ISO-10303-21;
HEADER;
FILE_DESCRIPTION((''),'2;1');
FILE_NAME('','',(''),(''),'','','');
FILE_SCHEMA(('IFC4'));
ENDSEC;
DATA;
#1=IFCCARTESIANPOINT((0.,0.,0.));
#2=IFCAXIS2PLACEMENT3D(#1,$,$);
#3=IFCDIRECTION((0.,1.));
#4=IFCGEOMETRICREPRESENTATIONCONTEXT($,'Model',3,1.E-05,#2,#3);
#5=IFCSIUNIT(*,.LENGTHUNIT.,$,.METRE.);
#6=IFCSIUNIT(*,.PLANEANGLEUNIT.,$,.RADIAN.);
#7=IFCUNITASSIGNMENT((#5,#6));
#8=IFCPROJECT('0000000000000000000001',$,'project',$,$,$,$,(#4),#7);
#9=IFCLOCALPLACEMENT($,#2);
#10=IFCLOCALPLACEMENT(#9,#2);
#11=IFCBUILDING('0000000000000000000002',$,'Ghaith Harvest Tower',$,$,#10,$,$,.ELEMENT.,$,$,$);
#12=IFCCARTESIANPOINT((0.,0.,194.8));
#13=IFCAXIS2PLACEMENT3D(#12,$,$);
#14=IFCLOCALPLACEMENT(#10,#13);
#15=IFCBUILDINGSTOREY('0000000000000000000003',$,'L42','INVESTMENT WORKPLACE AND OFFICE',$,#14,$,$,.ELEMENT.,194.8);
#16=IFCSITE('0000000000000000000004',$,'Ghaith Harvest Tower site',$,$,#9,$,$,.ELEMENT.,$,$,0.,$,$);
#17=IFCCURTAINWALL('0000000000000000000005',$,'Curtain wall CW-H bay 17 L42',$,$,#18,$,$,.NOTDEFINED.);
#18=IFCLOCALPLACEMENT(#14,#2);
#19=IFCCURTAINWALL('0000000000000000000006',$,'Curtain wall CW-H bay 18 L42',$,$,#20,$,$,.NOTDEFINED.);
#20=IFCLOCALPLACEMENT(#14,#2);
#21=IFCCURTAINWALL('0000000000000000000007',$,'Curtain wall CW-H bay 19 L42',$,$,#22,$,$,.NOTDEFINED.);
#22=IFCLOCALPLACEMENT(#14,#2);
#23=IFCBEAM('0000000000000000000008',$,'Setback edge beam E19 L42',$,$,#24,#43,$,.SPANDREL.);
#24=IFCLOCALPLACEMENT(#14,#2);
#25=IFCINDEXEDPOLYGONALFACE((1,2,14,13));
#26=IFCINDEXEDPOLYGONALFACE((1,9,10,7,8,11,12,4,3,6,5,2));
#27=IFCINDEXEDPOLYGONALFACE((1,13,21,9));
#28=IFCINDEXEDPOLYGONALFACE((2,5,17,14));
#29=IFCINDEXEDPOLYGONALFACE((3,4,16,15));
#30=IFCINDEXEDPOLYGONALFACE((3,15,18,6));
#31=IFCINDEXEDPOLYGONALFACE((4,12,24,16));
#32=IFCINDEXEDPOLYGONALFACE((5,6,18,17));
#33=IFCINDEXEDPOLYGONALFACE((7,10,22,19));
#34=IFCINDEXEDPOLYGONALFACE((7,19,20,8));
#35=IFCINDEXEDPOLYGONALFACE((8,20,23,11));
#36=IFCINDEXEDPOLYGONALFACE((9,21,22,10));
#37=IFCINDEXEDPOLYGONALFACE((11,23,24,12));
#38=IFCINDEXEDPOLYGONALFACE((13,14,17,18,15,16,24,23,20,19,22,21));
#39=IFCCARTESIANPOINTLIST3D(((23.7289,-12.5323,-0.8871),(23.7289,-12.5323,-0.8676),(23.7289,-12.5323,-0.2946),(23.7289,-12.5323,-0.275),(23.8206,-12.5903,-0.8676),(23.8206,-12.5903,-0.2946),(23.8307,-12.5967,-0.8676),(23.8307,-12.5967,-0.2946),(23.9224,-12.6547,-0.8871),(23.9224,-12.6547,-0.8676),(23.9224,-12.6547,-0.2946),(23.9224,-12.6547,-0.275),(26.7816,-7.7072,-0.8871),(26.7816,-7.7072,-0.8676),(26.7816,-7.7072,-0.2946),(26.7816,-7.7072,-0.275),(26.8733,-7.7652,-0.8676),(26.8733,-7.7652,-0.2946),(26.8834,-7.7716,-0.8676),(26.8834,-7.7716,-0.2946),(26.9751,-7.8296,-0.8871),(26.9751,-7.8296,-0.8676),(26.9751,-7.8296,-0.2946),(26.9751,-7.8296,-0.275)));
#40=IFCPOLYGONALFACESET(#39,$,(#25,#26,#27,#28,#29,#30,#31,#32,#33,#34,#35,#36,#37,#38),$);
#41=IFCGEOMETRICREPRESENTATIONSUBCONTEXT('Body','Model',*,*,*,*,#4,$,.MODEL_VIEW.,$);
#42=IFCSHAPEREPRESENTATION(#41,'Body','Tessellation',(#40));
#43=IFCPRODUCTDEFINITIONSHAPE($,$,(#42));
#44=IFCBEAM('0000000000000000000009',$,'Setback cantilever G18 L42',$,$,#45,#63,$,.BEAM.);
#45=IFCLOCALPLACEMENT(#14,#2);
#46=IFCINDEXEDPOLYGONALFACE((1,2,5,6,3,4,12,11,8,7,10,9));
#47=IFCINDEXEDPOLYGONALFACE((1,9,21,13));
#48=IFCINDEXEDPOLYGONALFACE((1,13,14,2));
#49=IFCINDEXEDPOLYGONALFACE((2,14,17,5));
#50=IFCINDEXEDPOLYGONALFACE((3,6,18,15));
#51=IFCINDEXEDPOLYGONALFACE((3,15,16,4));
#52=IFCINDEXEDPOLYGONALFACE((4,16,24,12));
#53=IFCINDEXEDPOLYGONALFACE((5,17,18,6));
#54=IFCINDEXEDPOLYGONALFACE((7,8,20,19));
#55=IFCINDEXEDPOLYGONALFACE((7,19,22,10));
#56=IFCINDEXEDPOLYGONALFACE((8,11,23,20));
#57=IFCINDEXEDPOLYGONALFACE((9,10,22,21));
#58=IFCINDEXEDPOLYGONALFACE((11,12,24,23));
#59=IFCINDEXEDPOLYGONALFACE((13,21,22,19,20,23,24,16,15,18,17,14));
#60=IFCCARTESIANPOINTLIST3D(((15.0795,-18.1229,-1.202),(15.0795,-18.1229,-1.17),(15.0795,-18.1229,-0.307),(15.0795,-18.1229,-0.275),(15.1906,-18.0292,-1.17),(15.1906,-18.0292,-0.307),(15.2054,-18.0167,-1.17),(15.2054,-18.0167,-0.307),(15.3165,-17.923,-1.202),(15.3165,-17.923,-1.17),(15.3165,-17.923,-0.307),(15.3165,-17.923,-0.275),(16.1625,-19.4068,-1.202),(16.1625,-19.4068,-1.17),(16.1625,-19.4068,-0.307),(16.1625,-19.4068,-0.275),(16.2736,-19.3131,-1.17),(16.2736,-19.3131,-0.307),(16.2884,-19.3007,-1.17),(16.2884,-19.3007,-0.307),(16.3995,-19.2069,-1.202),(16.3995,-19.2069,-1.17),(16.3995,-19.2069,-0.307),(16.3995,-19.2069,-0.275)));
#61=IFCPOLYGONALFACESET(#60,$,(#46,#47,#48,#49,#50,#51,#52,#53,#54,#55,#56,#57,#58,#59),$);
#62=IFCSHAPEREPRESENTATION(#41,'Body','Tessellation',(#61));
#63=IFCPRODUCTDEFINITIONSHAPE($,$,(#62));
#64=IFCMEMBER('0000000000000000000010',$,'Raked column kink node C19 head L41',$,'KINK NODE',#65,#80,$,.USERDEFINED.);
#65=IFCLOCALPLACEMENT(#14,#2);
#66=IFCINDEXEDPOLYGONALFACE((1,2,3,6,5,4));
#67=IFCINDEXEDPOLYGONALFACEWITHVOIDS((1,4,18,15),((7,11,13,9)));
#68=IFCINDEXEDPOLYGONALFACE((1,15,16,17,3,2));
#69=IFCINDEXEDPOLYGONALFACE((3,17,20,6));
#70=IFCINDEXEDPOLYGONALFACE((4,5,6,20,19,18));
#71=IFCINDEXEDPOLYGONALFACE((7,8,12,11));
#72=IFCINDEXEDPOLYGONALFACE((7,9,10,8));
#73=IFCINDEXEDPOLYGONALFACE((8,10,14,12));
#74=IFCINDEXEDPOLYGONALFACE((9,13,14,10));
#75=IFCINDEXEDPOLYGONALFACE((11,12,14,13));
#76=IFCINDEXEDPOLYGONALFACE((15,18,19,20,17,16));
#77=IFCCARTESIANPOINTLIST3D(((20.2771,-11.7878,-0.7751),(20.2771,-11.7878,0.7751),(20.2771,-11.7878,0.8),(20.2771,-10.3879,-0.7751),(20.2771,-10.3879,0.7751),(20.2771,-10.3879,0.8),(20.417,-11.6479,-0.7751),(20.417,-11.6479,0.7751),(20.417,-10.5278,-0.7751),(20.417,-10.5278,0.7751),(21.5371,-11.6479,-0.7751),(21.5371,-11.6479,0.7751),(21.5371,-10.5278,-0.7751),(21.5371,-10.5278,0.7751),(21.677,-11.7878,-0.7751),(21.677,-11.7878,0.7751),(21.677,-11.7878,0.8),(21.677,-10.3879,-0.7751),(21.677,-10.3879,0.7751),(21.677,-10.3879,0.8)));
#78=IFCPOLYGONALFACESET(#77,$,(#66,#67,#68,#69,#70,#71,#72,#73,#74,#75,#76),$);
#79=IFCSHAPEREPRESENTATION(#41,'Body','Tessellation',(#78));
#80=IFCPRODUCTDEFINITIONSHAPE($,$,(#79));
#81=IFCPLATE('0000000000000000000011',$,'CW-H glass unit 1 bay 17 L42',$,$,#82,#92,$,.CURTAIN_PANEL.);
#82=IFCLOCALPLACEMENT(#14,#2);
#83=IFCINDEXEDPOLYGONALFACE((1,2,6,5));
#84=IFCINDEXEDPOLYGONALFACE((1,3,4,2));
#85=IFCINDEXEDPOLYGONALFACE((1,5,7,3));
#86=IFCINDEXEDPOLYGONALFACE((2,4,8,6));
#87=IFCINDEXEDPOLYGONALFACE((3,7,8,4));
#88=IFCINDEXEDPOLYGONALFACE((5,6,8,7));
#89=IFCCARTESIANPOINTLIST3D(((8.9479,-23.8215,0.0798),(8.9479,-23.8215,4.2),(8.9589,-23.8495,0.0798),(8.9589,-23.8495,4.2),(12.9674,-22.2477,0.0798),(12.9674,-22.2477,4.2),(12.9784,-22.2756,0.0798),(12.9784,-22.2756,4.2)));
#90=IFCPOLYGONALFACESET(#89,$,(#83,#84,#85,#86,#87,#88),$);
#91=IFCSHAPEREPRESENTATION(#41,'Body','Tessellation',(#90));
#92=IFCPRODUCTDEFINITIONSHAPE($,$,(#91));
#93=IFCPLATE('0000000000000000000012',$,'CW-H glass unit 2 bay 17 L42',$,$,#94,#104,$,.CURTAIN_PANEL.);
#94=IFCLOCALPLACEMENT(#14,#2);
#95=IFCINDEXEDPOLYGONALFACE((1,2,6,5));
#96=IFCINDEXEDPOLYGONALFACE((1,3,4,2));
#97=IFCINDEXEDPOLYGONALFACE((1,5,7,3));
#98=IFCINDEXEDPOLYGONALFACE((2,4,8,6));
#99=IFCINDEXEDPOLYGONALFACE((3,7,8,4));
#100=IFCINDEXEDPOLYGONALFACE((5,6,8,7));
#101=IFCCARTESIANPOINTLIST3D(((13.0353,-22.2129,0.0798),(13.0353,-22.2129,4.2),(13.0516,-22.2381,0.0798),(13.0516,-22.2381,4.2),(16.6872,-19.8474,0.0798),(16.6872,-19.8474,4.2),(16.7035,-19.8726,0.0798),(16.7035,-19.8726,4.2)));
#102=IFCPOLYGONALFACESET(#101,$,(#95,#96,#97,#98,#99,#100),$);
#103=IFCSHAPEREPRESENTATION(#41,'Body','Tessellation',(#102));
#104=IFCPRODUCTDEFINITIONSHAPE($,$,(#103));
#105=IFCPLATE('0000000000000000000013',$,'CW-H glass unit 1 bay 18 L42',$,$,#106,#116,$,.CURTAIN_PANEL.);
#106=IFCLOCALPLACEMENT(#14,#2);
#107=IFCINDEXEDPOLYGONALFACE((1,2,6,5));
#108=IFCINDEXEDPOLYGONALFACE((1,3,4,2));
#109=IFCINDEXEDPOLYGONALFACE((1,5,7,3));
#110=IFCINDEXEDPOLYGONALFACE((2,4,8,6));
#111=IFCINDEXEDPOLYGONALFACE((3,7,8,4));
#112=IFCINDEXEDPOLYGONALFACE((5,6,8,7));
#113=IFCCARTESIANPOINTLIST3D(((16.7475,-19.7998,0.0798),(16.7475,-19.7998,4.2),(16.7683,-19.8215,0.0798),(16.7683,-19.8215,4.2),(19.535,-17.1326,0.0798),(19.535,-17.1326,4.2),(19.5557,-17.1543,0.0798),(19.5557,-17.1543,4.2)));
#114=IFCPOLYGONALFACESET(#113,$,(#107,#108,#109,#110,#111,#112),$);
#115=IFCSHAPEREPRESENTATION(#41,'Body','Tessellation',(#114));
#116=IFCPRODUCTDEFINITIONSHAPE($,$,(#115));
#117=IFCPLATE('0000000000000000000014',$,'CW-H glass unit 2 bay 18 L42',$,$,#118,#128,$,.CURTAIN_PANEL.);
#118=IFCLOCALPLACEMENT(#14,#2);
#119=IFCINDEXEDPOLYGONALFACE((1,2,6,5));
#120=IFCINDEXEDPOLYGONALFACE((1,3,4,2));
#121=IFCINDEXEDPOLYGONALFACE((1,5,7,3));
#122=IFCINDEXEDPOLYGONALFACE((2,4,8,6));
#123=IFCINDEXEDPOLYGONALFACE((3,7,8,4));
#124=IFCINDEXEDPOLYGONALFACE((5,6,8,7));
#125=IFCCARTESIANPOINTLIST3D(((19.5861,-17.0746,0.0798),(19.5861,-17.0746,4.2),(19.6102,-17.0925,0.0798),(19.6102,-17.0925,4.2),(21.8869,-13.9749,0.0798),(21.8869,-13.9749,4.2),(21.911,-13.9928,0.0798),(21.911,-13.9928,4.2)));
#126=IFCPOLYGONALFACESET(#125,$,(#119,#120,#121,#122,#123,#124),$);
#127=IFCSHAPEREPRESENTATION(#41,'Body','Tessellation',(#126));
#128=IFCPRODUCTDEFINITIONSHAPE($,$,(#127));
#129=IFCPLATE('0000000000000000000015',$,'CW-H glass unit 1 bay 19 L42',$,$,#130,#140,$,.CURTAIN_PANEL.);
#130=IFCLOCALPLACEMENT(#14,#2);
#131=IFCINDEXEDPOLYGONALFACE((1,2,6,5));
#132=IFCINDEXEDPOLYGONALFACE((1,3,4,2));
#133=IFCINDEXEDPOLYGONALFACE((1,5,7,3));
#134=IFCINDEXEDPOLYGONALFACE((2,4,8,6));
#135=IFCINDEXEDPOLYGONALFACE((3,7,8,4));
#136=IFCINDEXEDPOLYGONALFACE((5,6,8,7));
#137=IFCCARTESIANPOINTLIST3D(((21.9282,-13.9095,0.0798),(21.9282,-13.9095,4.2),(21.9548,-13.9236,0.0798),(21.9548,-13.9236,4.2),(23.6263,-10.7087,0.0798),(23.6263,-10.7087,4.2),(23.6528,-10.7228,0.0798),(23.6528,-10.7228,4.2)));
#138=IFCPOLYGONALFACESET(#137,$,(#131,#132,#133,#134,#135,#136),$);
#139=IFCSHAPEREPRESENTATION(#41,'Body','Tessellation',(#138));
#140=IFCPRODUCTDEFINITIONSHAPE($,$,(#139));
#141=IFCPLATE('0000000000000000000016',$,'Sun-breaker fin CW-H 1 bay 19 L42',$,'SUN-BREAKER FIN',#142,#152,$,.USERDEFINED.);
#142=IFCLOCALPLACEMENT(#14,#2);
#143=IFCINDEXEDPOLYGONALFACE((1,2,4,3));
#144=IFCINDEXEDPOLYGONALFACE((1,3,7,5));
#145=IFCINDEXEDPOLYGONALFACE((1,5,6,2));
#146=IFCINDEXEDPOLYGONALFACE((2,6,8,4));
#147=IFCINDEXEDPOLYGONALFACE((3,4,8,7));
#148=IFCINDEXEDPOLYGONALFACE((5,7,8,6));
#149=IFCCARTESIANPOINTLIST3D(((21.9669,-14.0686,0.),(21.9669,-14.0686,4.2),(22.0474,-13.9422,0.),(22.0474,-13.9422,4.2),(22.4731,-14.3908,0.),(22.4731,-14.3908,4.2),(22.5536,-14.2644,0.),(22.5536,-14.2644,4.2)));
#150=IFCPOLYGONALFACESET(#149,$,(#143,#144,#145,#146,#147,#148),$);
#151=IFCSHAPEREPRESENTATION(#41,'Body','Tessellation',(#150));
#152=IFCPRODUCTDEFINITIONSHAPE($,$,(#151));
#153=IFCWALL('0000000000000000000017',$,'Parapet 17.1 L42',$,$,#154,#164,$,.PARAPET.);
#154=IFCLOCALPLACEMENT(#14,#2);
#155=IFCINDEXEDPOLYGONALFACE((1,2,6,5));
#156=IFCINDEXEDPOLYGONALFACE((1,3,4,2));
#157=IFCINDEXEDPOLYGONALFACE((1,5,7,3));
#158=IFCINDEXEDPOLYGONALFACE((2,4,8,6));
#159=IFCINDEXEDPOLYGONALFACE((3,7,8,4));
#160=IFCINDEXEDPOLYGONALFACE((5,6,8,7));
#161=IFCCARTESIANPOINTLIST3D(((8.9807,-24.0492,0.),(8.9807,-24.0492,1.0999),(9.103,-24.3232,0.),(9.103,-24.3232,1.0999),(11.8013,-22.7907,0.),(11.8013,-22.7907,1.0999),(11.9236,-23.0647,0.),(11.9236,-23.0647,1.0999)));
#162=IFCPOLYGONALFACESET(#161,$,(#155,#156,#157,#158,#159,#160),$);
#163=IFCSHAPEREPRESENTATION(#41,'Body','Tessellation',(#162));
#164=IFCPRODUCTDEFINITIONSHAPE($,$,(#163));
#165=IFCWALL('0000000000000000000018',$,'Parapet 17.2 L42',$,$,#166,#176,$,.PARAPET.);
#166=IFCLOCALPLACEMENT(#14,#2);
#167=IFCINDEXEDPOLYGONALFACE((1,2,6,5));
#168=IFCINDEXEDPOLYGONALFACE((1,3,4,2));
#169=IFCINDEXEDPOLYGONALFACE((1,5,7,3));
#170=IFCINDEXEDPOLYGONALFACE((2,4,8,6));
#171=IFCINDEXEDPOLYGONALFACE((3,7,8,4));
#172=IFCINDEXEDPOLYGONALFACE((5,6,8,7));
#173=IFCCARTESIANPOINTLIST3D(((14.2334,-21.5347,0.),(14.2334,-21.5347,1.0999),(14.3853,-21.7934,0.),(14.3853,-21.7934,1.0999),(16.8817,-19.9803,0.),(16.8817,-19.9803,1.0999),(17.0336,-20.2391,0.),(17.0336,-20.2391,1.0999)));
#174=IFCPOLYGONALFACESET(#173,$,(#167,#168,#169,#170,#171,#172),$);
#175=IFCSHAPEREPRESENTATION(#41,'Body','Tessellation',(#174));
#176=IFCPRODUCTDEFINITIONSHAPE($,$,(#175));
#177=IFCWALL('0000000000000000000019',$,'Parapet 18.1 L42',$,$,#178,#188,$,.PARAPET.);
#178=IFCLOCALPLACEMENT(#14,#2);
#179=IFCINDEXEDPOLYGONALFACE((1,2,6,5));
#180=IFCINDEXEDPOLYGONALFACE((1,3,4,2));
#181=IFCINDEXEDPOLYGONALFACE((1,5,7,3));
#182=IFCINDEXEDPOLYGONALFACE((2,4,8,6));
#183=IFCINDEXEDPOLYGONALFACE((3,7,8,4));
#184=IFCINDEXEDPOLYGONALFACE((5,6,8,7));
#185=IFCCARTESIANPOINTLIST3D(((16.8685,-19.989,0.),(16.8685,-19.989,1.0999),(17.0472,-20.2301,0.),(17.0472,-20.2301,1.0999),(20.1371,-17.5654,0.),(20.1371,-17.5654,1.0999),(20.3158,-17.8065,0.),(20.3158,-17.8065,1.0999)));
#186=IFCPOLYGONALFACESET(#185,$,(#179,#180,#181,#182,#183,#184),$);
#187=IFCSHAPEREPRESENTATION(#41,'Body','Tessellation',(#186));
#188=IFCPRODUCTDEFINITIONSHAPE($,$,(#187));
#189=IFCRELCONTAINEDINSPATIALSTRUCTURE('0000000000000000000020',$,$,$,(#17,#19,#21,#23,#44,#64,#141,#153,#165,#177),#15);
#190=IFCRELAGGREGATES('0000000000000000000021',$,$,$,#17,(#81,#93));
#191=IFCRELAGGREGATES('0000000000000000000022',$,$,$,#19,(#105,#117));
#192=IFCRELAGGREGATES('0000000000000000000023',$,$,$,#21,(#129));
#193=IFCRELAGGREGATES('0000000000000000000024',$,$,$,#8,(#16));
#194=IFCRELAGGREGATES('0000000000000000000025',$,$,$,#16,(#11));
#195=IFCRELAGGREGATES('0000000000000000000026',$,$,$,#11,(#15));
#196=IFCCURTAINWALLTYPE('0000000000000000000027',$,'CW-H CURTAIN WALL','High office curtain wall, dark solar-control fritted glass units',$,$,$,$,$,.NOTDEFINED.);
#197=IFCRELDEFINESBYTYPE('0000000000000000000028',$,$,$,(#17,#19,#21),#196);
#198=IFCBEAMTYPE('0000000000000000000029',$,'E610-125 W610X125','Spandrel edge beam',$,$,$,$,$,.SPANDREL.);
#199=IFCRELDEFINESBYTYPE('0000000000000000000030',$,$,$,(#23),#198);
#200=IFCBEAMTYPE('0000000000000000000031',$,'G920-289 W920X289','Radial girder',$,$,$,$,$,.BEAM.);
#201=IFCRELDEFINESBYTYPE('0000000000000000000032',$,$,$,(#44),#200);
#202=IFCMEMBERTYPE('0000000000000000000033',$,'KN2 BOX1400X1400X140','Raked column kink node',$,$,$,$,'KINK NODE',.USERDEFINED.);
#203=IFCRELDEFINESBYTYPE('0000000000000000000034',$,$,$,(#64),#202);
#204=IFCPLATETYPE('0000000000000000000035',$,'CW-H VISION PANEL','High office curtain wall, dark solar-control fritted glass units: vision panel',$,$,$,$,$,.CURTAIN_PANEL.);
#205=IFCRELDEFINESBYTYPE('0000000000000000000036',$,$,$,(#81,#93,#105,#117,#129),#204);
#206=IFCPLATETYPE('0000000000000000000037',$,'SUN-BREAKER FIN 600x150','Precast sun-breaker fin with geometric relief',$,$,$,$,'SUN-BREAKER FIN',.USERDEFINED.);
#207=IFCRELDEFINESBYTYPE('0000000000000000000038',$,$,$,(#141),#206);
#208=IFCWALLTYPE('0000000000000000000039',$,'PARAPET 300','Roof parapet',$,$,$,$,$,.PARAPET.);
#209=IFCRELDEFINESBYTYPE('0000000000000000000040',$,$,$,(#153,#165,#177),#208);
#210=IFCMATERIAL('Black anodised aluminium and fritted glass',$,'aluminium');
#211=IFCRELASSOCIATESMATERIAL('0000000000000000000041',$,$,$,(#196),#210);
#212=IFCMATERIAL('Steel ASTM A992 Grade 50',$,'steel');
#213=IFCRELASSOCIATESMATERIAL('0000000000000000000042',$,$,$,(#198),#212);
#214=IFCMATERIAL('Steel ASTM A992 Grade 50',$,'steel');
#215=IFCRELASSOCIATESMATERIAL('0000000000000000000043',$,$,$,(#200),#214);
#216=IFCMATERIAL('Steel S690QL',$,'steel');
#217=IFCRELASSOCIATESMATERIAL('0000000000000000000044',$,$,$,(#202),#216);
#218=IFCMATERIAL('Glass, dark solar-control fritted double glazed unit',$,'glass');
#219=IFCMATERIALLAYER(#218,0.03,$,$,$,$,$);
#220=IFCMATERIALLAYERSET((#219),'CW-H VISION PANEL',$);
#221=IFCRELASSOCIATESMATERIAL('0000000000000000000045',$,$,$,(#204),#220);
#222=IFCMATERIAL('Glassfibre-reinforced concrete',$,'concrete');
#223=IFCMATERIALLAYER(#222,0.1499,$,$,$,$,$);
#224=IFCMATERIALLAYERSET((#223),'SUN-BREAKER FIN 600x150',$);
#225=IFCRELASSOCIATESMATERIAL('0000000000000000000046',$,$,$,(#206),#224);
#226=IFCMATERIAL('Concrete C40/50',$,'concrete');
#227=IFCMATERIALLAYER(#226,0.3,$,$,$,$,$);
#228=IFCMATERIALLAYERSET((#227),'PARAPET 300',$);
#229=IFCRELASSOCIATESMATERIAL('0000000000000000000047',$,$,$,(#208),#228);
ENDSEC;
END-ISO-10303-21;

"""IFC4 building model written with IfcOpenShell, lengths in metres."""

from ifc_helpers import new_model, si_unit, direction, frame, frame_2d, origin, origin_2d, place, context, subcontext, project, spatial, rectangle, hollow_rectangle, i_section, extrude, boolean, material, layer, layer_set, material_profile, profile_set, type_object, element, aggregate, save


model = new_model("IFC4")

# Units and contexts
model_context = context("Model", 3, precision=1e-05, world=origin(), true_north=direction((0.0, 1.0)))
body_context = subcontext(model_context, "Body", "Model", "MODEL_VIEW")
ifc_project = project(units=[si_unit("LENGTHUNIT", "METRE"), si_unit("PLANEANGLEUNIT", "RADIAN")], contexts=[model_context])

# Site, building, storey
site_placement = place(None, origin())
site = spatial("IfcSite", under=ifc_project, at=site_placement, Name="Ghaith Harvest Tower site", CompositionType="ELEMENT", RefElevation=0.0)
building_placement = place(site_placement, origin())
building = spatial("IfcBuilding", under=site, at=building_placement, Name="Ghaith Harvest Tower", CompositionType="ELEMENT")
storey_placement = place(building_placement, frame((0.0, 0.0, 194.8)))
storey = spatial("IfcBuildingStorey", under=building, at=storey_placement, Name="L42", Description="INVESTMENT WORKPLACE AND OFFICE", CompositionType="ELEMENT", Elevation=194.8)

# Curtain walls
ifc_material_1 = material(Name="Black anodised aluminium and fritted glass", Category="aluminium")
curtain_wall_type = type_object("IfcCurtainWallType", Name="CW-H CURTAIN WALL", Description="High office curtain wall, dark solar-control fritted glass units", PredefinedType="NOTDEFINED", material=ifc_material_1)
curtain_wall_1_placement = place(storey_placement, origin())
curtain_wall_1 = element("IfcCurtainWall", 1, at=curtain_wall_1_placement, inside=storey, type_object=curtain_wall_type, Name="Curtain wall CW-H bay 17 L42", PredefinedType="NOTDEFINED")
curtain_wall_2_placement = place(storey_placement, origin())
curtain_wall_2 = element("IfcCurtainWall", 2, at=curtain_wall_2_placement, inside=storey, type_object=curtain_wall_type, Name="Curtain wall CW-H bay 18 L42", PredefinedType="NOTDEFINED")

# Curtain wall
curtain_wall_3_placement = place(storey_placement, origin())
curtain_wall_3 = element("IfcCurtainWall", 3, at=curtain_wall_3_placement, inside=storey, type_object=curtain_wall_type, Name="Curtain wall CW-H bay 19 L42", PredefinedType="NOTDEFINED")

# Beams
ifc_material_2 = material(Name="Steel ASTM A992 Grade 50", Category="steel")
ifc_material_profile_1 = material_profile(ifc_material_2, i_section(OverallWidth=0.229, OverallDepth=0.6121, WebThickness=0.012, FlangeThickness=0.0195, at=origin_2d()), Name="W610X125")
ifc_profile_set_1 = profile_set([ifc_material_profile_1], Name="Steel ASTM A992 Grade 50")
beam_type_1 = type_object("IfcBeamType", Name="E610-125 W610X125", Description="Spandrel edge beam", PredefinedType="SPANDREL", material=ifc_profile_set_1)
beam_1_placement = place(storey_placement, frame((23.8257, -12.5935, -0.5811), z_axis=(0.534649, 0.845074, 0.0), x_axis=(-0.845074, 0.534649, 0.0)))
element("IfcBeam", 4, at=beam_1_placement, inside=storey, type_object=beam_type_1, Name="Setback edge beam E19 L42", PredefinedType="SPANDREL", context=body_context, shape_type="SweptSolid", body=[
    extrude(i_section(OverallWidth=0.229, OverallDepth=0.6121, WebThickness=0.012, FlangeThickness=0.0195, at=origin_2d()), origin(), (0.0, 0.0, 1.0), 5.7097),
])
ifc_material_3 = material(Name="Steel ASTM A992 Grade 50", Category="steel")
ifc_material_profile_2 = material_profile(ifc_material_3, i_section(OverallWidth=0.3101, OverallDepth=0.927, WebThickness=0.0193, FlangeThickness=0.032, at=origin_2d()), Name="W920X289")
ifc_profile_set_2 = profile_set([ifc_material_profile_2], Name="Steel ASTM A992 Grade 50")
beam_type_2 = type_object("IfcBeamType", Name="G920-289 W920X289", Description="Radial girder", PredefinedType="BEAM", material=ifc_profile_set_2)
beam_2_placement = place(storey_placement, frame((15.198, -18.0229, -0.7385), z_axis=(0.644762, -0.764383, 0.0), x_axis=(0.764383, 0.644762, 0.0)))
element("IfcBeam", 5, at=beam_2_placement, inside=storey, type_object=beam_type_2, Name="Setback cantilever G18 L42", PredefinedType="BEAM", context=body_context, shape_type="SweptSolid", body=[
    extrude(i_section(OverallWidth=0.3101, OverallDepth=0.927, WebThickness=0.0193, FlangeThickness=0.032, at=origin_2d()), origin(), (0.0, 0.0, 1.0), 1.6797),
])

# Member
ifc_material_4 = material(Name="Steel S690QL", Category="steel")
ifc_material_profile_3 = material_profile(ifc_material_4, hollow_rectangle(XDim=1.3999, YDim=1.3999, WallThickness=0.1399, at=origin_2d()), Name="BOX1400X1400X140")
ifc_profile_set_3 = profile_set([ifc_material_profile_3], Name="Steel S690QL")
member_type_1 = type_object("IfcMemberType", Name="KN2 BOX1400X1400X140", Description="Raked column kink node", ElementType="KINK NODE", PredefinedType="USERDEFINED", material=ifc_profile_set_3)
member_1_placement = place(storey_placement, frame((20.9771, -11.0879, -0.7751), z_axis=(0.0, 0.0, 1.0), x_axis=(1.0, 0.0, 0.0)))
element("IfcMember", 6, at=member_1_placement, inside=storey, type_object=member_type_1, Name="Raked column kink node C19 head L41", ObjectType="KINK NODE", PredefinedType="USERDEFINED", context=body_context, shape_type="CSG", body=[
    boolean("UNION", extrude(hollow_rectangle(XDim=1.3999, YDim=1.3999, WallThickness=0.1399, at=origin_2d()), origin(), (0.0, 0.0, 1.0), 1.5503), extrude(rectangle(XDim=1.3999, YDim=1.3999, at=origin_2d()), frame((0.0, 0.0, 1.5503)), (0.0, 0.0, 1.0), 0.0249)),
])

# Plates
ifc_material_5 = material(Name="Glass, dark solar-control fritted double glazed unit", Category="glass")
ifc_layer_1 = layer(ifc_material_5, 0.03)
ifc_layer_set_1 = layer_set([ifc_layer_1], Name="CW-H VISION PANEL")
plate_type_1 = type_object("IfcPlateType", Name="CW-H VISION PANEL", Description="High office curtain wall, dark solar-control fritted glass units: vision panel", PredefinedType="CURTAIN_PANEL", material=ifc_layer_set_1)
plate_1_placement = place(storey_placement, frame((10.9631, -23.0486, 0.0798), z_axis=(0.0, 0.0, 1.0), x_axis=(0.931161, 0.364608, 0.0)))
plate_1 = element("IfcPlate", 7, at=plate_1_placement, type_object=plate_type_1, Name="CW-H glass unit 1 bay 17 L42", PredefinedType="CURTAIN_PANEL", context=body_context, shape_type="SweptSolid", body=[
    extrude(rectangle(XDim=4.3167, YDim=0.03, at=origin_2d()), origin(), (0.0, 0.0, 1.0), 4.1201),
])
plate_2_placement = place(storey_placement, frame((14.8694, -21.0427, 0.0798), z_axis=(0.0, 0.0, 1.0), x_axis=(0.839305, 0.54366, 0.0)))
plate_2 = element("IfcPlate", 8, at=plate_2_placement, type_object=plate_type_1, Name="CW-H glass unit 2 bay 17 L42", PredefinedType="CURTAIN_PANEL", context=body_context, shape_type="SweptSolid", body=[
    extrude(rectangle(XDim=4.3511, YDim=0.03, at=origin_2d()), origin(), (0.0, 0.0, 1.0), 4.1201),
])
aggregate(curtain_wall_1, [plate_1, plate_2])
plate_3_placement = place(storey_placement, frame((18.1516, -18.4771, 0.0798), z_axis=(0.0, 0.0, 1.0), x_axis=(0.722533, 0.691337, 0.0)))
plate_3 = element("IfcPlate", 9, at=plate_3_placement, type_object=plate_type_1, Name="CW-H glass unit 1 bay 18 L42", PredefinedType="CURTAIN_PANEL", context=body_context, shape_type="SweptSolid", body=[
    extrude(rectangle(XDim=3.8579, YDim=0.03, at=origin_2d()), origin(), (0.0, 0.0, 1.0), 4.1201),
])
plate_4_placement = place(storey_placement, frame((20.7485, -15.5337, 0.0798), z_axis=(0.0, 0.0, 1.0), x_axis=(0.596019, 0.802971, 0.0)))
plate_4 = element("IfcPlate", 10, at=plate_4_placement, type_object=plate_type_1, Name="CW-H glass unit 2 bay 18 L42", PredefinedType="CURTAIN_PANEL", context=body_context, shape_type="SweptSolid", body=[
    extrude(rectangle(XDim=3.8604, YDim=0.03, at=origin_2d()), origin(), (0.0, 0.0, 1.0), 4.1201),
])
aggregate(curtain_wall_2, [plate_3, plate_4])
plate_5_placement = place(storey_placement, frame((22.7905, -12.3162, 0.0798), z_axis=(0.0, 0.0, 1.0), x_axis=(0.468644, 0.883387, 0.0)))
plate_5 = element("IfcPlate", 11, at=plate_5_placement, type_object=plate_type_1, Name="CW-H glass unit 1 bay 19 L42", PredefinedType="CURTAIN_PANEL", context=body_context, shape_type="SweptSolid", body=[
    extrude(rectangle(XDim=3.6233, YDim=0.03, at=origin_2d()), origin(), (0.0, 0.0, 1.0), 4.1201),
])
aggregate(curtain_wall_3, [plate_5])
ifc_material_6 = material(Name="Glassfibre-reinforced concrete", Category="concrete")
ifc_layer_2 = layer(ifc_material_6, 0.1499)
ifc_layer_set_2 = layer_set([ifc_layer_2], Name="SUN-BREAKER FIN 600x150")
plate_type_2 = type_object("IfcPlateType", Name="SUN-BREAKER FIN 600x150", Description="Precast sun-breaker fin with geometric relief", ElementType="SUN-BREAKER FIN", PredefinedType="USERDEFINED", material=ifc_layer_set_2)
plate_6_placement = place(storey_placement, frame((22.2603, -14.1665, 0.0), z_axis=(0.0, 0.0, 1.0), x_axis=(0.843644, -0.536903, 0.0)))
element("IfcPlate", 12, at=plate_6_placement, inside=storey, type_object=plate_type_2, Name="Sun-breaker fin CW-H 1 bay 19 L42", ObjectType="SUN-BREAKER FIN", PredefinedType="USERDEFINED", context=body_context, shape_type="SweptSolid", body=[
    extrude(rectangle(XDim=0.6001, YDim=0.1499, at=origin_2d()), origin(), (0.0, 0.0, 1.0), 4.2),
])

# Walls
ifc_material_7 = material(Name="Concrete C40/50", Category="concrete")
ifc_layer_3 = layer(ifc_material_7, 0.3)
ifc_layer_set_3 = layer_set([ifc_layer_3], Name="PARAPET 300")
wall_type_1 = type_object("IfcWallType", Name="PARAPET 300", Description="Roof parapet", PredefinedType="PARAPET", material=ifc_layer_set_3)
wall_1_placement = place(storey_placement, frame((9.0417, -24.1863, 0.0), z_axis=(0.0, 0.0, 1.0), x_axis=(0.913214, 0.40748, 0.0)))
element("IfcWall", 13, at=wall_1_placement, inside=storey, type_object=wall_type_1, Name="Parapet 17.1 L42", PredefinedType="PARAPET", context=body_context, shape_type="SweptSolid", body=[
    extrude(rectangle(XDim=3.0886, YDim=0.3, at=frame_2d((1.5444, 0.0))), origin(), (0.0, 0.0, 1.0), 1.0999),
])
wall_2_placement = place(storey_placement, frame((14.3093, -21.6641, 0.0), z_axis=(0.0, 0.0, 1.0), x_axis=(0.862426, 0.506183, 0.0)))
element("IfcWall", 14, at=wall_2_placement, inside=storey, type_object=wall_type_1, Name="Parapet 17.2 L42", PredefinedType="PARAPET", context=body_context, shape_type="SweptSolid", body=[
    extrude(rectangle(XDim=3.0708, YDim=0.3, at=frame_2d((1.5354, 0.0))), origin(), (0.0, 0.0, 1.0), 1.0999),
])
wall_3_placement = place(storey_placement, frame((16.9578, -20.1096, 0.0), z_axis=(0.0, 0.0, 1.0), x_axis=(0.803271, 0.595613, 0.0)))
element("IfcWall", 15, at=wall_3_placement, inside=storey, type_object=wall_type_1, Name="Parapet 18.1 L42", PredefinedType="PARAPET", context=body_context, shape_type="SweptSolid", body=[
    extrude(rectangle(XDim=4.0691, YDim=0.3, at=frame_2d((2.0347, 0.0))), origin(), (0.0, 0.0, 1.0), 1.0999),
])

save(model, "model.ifc")
